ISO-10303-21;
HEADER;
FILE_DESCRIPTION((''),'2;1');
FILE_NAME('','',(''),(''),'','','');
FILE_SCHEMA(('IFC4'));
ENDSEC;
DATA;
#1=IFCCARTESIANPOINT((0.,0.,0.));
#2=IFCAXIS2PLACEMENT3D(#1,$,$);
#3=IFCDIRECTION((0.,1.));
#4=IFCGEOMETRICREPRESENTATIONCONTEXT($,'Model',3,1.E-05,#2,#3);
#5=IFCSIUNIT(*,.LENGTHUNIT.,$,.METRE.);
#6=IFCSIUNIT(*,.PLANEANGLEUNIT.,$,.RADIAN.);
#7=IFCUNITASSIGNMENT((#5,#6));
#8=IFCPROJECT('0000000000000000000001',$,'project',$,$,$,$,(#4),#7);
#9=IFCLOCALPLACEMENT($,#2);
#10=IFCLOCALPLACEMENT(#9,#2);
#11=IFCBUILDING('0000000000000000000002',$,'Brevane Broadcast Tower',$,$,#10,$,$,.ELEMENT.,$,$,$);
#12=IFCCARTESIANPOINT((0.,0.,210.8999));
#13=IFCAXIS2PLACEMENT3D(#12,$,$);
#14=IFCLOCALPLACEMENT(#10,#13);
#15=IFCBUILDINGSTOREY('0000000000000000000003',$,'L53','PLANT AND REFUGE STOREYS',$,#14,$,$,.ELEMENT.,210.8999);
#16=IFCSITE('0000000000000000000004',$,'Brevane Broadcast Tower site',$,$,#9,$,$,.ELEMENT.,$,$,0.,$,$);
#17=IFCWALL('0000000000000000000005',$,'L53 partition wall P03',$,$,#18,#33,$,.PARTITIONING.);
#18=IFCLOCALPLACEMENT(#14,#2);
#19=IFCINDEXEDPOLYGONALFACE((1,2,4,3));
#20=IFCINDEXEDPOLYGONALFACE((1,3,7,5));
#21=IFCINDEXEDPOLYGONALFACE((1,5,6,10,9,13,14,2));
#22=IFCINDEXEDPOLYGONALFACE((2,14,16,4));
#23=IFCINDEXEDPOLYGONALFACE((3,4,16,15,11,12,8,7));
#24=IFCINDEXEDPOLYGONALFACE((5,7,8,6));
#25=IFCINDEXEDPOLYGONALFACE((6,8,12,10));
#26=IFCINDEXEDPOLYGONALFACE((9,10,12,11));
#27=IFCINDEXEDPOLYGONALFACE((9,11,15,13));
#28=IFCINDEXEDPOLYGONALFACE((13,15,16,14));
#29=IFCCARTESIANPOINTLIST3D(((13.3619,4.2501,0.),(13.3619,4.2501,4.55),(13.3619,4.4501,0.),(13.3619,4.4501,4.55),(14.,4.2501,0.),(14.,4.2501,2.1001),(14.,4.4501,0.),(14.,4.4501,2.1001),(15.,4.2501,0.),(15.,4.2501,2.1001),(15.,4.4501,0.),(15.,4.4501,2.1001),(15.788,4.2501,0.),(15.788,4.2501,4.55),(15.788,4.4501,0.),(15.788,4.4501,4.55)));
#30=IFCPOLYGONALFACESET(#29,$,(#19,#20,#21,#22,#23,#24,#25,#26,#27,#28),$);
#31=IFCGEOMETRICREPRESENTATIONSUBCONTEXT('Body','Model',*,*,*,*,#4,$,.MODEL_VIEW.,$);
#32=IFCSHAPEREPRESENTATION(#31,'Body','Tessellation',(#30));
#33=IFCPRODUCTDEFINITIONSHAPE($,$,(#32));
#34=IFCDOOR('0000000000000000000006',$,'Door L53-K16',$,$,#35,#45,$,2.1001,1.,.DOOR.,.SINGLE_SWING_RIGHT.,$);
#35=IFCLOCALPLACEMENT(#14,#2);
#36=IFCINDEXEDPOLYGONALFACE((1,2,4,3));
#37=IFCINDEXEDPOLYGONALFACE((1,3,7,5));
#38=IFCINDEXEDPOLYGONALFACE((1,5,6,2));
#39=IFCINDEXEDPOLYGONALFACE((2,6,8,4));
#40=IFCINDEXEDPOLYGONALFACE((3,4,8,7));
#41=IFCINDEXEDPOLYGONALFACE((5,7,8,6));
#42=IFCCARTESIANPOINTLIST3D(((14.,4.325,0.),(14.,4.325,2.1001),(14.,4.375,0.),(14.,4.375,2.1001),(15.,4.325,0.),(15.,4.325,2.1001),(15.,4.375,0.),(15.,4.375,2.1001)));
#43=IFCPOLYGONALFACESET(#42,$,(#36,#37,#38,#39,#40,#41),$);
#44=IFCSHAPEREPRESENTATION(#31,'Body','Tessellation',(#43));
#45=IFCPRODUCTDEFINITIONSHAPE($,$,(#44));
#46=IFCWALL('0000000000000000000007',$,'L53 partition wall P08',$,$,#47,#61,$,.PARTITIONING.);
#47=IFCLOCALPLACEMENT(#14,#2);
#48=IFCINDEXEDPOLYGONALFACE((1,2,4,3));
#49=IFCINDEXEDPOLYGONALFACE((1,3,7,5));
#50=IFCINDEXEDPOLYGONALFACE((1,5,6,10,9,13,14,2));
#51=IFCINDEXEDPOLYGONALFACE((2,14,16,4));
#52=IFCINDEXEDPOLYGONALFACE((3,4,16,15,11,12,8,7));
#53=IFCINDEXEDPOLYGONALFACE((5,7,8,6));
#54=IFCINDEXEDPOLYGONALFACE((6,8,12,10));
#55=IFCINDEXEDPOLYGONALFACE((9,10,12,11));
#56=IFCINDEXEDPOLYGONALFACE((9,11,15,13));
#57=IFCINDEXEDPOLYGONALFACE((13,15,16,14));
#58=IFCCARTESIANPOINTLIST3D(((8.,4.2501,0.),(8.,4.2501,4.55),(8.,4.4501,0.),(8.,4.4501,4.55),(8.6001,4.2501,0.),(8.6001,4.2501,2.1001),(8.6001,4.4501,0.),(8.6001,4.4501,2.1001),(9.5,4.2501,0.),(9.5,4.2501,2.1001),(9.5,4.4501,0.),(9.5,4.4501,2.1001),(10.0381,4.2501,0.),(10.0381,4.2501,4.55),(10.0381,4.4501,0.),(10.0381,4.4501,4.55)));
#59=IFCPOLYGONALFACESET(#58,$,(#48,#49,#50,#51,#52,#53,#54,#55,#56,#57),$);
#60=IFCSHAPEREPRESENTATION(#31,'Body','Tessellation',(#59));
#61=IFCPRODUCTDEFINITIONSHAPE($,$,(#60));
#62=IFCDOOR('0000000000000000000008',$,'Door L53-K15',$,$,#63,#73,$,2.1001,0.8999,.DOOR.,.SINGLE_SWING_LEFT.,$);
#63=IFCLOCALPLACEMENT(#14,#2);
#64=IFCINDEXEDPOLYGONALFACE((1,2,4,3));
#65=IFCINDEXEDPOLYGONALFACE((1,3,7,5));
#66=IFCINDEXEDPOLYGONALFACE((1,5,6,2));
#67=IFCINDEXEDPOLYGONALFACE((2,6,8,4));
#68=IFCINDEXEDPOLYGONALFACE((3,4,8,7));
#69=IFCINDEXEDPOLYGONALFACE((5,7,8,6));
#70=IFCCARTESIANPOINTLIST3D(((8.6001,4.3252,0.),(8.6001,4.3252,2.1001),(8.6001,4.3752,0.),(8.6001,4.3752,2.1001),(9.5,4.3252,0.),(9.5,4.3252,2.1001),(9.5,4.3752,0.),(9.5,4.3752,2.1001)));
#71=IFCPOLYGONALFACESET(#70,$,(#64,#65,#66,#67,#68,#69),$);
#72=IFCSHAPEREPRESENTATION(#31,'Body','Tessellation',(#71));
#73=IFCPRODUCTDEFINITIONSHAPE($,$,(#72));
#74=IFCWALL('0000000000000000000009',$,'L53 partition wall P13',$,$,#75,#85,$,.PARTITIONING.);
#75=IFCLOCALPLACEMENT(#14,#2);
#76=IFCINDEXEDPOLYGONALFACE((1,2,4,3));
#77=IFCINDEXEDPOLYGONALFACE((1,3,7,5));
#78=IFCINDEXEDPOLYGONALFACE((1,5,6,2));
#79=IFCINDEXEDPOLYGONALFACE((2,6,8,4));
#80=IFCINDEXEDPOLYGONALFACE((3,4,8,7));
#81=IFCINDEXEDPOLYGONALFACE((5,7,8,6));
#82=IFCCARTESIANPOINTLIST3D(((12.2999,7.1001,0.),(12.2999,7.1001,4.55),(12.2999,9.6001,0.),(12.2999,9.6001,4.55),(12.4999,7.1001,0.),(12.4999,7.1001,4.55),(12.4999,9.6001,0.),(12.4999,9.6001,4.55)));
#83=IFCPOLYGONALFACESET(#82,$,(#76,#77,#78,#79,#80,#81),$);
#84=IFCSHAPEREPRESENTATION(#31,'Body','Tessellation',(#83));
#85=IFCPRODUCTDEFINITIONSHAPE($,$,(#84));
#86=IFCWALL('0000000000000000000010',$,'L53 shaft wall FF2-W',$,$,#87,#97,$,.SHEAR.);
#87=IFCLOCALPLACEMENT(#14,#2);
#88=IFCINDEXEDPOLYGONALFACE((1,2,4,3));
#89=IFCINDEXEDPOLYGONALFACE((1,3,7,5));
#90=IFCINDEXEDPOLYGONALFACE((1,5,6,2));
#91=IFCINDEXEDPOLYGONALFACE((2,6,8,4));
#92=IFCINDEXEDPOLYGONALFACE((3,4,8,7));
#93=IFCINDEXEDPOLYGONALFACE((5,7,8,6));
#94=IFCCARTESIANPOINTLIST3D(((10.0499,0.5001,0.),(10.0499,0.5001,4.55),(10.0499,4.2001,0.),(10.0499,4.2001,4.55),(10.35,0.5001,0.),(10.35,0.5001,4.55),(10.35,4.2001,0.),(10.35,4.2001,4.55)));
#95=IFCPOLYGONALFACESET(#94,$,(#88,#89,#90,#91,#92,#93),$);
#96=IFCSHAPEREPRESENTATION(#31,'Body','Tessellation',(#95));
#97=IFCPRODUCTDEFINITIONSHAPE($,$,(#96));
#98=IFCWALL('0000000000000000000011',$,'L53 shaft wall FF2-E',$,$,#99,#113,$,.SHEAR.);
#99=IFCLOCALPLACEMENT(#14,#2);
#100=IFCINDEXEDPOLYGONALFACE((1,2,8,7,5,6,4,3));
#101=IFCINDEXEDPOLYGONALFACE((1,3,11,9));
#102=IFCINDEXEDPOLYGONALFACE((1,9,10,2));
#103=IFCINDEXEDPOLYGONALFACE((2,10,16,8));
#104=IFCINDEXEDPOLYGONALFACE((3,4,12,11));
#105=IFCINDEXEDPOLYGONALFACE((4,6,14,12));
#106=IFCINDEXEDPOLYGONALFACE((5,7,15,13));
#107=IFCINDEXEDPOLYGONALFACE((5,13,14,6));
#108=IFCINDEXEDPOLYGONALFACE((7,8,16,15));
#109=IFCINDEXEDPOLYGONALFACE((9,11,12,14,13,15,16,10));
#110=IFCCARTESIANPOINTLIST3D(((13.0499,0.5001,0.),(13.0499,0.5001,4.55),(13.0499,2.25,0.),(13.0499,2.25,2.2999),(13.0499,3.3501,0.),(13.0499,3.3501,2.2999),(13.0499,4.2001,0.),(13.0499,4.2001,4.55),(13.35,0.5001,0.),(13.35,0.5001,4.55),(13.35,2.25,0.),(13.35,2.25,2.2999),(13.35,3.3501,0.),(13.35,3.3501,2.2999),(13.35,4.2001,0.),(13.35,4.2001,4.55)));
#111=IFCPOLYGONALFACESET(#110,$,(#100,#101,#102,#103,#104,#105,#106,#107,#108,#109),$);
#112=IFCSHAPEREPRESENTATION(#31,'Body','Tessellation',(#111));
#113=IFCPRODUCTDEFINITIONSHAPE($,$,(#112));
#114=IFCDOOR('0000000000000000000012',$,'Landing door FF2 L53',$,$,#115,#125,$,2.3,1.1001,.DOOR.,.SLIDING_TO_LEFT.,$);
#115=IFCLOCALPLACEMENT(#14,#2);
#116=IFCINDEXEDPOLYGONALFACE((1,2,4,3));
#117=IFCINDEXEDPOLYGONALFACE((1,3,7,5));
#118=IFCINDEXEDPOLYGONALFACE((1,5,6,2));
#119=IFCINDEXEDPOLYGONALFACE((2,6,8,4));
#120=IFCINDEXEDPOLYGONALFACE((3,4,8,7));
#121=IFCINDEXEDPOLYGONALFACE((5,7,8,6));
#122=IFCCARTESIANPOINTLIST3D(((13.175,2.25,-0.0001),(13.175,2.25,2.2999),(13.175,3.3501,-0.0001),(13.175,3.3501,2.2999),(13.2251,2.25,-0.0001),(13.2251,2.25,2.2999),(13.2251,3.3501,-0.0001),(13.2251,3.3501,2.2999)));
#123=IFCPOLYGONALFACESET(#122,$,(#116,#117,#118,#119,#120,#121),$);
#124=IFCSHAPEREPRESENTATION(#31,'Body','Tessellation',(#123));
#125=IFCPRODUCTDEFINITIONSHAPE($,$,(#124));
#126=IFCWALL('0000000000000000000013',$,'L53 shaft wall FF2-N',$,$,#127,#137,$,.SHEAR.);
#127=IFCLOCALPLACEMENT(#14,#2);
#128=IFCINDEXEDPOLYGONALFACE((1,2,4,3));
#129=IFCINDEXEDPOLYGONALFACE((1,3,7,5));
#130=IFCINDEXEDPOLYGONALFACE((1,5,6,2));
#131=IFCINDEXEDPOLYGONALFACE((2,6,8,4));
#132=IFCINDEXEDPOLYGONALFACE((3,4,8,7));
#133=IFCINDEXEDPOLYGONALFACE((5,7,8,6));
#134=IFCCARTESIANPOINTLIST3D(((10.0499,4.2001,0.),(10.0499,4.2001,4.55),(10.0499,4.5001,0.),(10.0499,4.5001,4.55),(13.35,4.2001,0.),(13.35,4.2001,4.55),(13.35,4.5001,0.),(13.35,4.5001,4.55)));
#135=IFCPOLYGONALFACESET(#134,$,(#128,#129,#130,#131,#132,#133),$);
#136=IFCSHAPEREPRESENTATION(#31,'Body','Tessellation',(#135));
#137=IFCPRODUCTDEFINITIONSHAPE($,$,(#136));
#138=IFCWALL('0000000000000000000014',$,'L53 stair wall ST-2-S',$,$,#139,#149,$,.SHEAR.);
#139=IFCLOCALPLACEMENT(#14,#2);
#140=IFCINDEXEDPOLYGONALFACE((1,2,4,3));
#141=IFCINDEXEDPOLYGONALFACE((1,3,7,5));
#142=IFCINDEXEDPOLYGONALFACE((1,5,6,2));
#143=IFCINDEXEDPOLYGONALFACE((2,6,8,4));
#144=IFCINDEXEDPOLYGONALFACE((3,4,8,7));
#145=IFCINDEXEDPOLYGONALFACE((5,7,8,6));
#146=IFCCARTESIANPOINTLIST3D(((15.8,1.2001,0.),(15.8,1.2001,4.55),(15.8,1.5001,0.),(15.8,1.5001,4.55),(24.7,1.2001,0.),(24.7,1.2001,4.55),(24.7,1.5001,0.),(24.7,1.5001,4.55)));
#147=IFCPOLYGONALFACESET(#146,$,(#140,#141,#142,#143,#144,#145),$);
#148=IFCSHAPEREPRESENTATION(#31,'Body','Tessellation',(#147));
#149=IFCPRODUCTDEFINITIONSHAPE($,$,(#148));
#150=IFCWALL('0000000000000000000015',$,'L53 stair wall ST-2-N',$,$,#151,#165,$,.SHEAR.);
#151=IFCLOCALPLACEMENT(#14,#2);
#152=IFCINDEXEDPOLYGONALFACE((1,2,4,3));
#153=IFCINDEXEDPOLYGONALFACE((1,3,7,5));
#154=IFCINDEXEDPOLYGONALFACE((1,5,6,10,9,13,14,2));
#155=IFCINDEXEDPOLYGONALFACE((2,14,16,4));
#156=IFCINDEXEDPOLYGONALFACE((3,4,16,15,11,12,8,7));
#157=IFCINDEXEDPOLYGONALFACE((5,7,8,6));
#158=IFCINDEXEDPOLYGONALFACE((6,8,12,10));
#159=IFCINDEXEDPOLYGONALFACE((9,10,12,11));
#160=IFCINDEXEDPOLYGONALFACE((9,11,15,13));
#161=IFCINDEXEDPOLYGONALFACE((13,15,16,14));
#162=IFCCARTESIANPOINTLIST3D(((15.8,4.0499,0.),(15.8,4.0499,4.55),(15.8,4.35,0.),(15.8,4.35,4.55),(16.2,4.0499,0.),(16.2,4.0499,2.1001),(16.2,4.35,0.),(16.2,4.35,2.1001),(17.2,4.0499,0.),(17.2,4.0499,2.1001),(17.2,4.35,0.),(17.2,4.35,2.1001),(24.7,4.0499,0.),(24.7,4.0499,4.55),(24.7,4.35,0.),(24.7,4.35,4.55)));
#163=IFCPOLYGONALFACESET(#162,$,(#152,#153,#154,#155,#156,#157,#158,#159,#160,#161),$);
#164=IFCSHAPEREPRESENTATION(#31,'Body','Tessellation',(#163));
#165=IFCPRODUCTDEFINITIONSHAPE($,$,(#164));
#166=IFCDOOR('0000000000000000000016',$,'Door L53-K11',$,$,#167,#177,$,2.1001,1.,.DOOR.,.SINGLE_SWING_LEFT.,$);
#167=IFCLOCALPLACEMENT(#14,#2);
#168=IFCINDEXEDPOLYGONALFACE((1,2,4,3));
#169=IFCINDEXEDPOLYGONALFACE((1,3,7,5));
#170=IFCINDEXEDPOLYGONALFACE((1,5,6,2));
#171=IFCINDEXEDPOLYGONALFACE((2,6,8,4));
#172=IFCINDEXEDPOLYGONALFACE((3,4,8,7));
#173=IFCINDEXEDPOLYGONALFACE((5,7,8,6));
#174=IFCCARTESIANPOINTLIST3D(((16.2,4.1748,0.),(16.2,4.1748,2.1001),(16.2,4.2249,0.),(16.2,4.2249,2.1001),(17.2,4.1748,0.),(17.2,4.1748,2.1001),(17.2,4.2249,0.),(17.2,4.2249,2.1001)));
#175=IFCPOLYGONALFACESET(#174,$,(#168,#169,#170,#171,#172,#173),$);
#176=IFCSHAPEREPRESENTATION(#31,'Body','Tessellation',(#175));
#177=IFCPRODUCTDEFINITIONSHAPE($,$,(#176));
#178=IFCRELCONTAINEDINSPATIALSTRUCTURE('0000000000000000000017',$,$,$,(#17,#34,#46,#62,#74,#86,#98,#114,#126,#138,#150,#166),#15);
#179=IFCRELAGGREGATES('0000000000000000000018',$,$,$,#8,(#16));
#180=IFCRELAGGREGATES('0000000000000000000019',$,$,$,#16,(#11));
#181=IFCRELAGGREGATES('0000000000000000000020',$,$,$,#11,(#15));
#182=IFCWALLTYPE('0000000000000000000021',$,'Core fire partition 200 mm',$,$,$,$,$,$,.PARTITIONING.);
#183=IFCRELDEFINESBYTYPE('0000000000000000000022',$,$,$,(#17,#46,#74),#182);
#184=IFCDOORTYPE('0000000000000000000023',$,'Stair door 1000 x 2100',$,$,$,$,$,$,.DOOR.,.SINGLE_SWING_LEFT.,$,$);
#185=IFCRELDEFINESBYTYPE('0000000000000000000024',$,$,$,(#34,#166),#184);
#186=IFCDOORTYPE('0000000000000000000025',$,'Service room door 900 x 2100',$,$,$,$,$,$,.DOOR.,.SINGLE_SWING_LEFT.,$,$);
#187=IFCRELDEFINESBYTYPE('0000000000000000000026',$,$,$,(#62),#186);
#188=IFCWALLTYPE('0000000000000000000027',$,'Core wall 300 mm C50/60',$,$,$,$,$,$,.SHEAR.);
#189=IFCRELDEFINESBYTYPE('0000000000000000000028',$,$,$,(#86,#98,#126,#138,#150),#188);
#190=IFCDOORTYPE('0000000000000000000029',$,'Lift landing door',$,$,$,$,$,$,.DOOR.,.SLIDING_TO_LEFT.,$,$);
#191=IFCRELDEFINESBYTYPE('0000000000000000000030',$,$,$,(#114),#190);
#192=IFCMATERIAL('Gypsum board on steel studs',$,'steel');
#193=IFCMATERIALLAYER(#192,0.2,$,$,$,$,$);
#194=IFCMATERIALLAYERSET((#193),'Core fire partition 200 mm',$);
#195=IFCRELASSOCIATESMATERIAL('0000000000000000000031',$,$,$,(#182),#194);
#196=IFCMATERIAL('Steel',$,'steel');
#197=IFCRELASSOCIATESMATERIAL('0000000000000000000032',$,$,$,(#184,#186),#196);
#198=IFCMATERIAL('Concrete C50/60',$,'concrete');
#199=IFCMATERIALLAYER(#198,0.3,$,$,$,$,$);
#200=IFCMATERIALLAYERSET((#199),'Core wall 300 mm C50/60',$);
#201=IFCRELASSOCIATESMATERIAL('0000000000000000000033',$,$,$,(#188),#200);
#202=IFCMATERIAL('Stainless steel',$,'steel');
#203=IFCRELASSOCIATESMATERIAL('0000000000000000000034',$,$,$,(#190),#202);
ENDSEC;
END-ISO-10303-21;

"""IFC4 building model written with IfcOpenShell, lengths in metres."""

from ifc_helpers import new_model, si_unit, direction, frame, frame_2d, origin, place, context, subcontext, project, spatial, rectangle, extrude, material, layer, layer_set, type_object, element, fill, save


model = new_model("IFC4")

# Units and contexts
model_context = context("Model", 3, precision=1e-05, world=origin(), true_north=direction((0.0, 1.0)))
body_context = subcontext(model_context, "Body", "Model", "MODEL_VIEW")
ifc_project = project(units=[si_unit("LENGTHUNIT", "METRE"), si_unit("PLANEANGLEUNIT", "RADIAN")], contexts=[model_context])

# Site, building, storey
site_placement = place(None, origin())
site = spatial("IfcSite", under=ifc_project, at=site_placement, Name="Brevane Broadcast Tower site", CompositionType="ELEMENT", RefElevation=0.0)
building_placement = place(site_placement, origin())
building = spatial("IfcBuilding", under=site, at=building_placement, Name="Brevane Broadcast Tower", CompositionType="ELEMENT")
storey_placement = place(building_placement, frame((0.0, 0.0, 210.8999)))
storey = spatial("IfcBuildingStorey", under=building, at=storey_placement, Name="L53", Description="PLANT AND REFUGE STOREYS", CompositionType="ELEMENT", Elevation=210.8999)

# Shared definitions
ifc_material_1 = material(Name="Gypsum board on steel studs", Category="steel")

# Walls, openings, doors
ifc_layer_1 = layer(ifc_material_1, 0.2)
ifc_layer_set_1 = layer_set([ifc_layer_1], Name="Core fire partition 200 mm")
wall_type_1 = type_object("IfcWallType", Name="Core fire partition 200 mm", PredefinedType="PARTITIONING", material=ifc_layer_set_1)
wall_1_placement = place(storey_placement, frame((13.3621, 4.3501, 0.0), z_axis=(0.0, 0.0, 1.0), x_axis=(1.0, 0.0, 0.0)))
wall_1 = element("IfcWall", 1, at=wall_1_placement, inside=storey, type_object=wall_type_1, Name="L53 partition wall P03", PredefinedType="PARTITIONING", context=body_context, shape_type="SweptSolid", body=[
    extrude(rectangle(XDim=2.426, YDim=0.2, at=frame_2d((1.2129, 0.0))), origin(), (0.0, 0.0, 1.0), 4.55),
])
opening_1_placement = place(wall_1_placement, frame((0.6379, 0.0, 0.0)))
opening_1 = element("IfcOpeningElement", 2, at=opening_1_placement, cuts=wall_1, PredefinedType="OPENING", context=body_context, shape_type="SweptSolid", body=[
    extrude(rectangle(XDim=1.0, YDim=2.1001, at=frame_2d((0.5, 1.05))), frame((0.0, 0.1099, 0.0), z_axis=(0.0, -1.0, 0.0), x_axis=(1.0, 0.0, 0.0)), (0.0, 0.0, 1.0), 0.22),
])
ifc_material_2 = material(Name="Steel", Category="steel")
door_type_1 = type_object("IfcDoorType", Name="Stair door 1000 x 2100", OperationType="SINGLE_SWING_LEFT", PredefinedType="DOOR", material=ifc_material_2)
door_1_placement = place(opening_1_placement, origin())
door_1 = element("IfcDoor", 3, at=door_1_placement, inside=storey, type_object=door_type_1, Name="Door L53-K16", OperationType="SINGLE_SWING_RIGHT", OverallHeight=2.1001, OverallWidth=1.0, PredefinedType="DOOR", context=body_context, shape_type="SweptSolid", body=[
    extrude(rectangle(XDim=1.0, YDim=2.1001, at=frame_2d((0.5, 1.05))), frame((0.0, 0.0249, 0.0), z_axis=(0.0, -1.0, 0.0), x_axis=(1.0, 0.0, 0.0)), (0.0, 0.0, 1.0), 0.05),
])
fill(opening_1, door_1)
wall_2_placement = place(storey_placement, frame((10.0381, 4.3501, 0.0), z_axis=(0.0, 0.0, 1.0), x_axis=(-1.0, 0.0, 0.0)))
wall_2 = element("IfcWall", 4, at=wall_2_placement, inside=storey, type_object=wall_type_1, Name="L53 partition wall P08", PredefinedType="PARTITIONING", context=body_context, shape_type="SweptSolid", body=[
    extrude(rectangle(XDim=2.0381, YDim=0.2, at=frame_2d((1.019, 0.0))), origin(), (0.0, 0.0, 1.0), 4.55),
])
opening_2_placement = place(wall_2_placement, frame((0.5381, 0.0, 0.0)))
opening_2 = element("IfcOpeningElement", 5, at=opening_2_placement, cuts=wall_2, PredefinedType="OPENING", context=body_context, shape_type="SweptSolid", body=[
    extrude(rectangle(XDim=0.8999, YDim=2.1001, at=frame_2d((0.45, 1.05))), frame((0.0, 0.1099, 0.0), z_axis=(0.0, -1.0, 0.0), x_axis=(1.0, 0.0, 0.0)), (0.0, 0.0, 1.0), 0.22),
])
door_type_2 = type_object("IfcDoorType", Name="Service room door 900 x 2100", OperationType="SINGLE_SWING_LEFT", PredefinedType="DOOR", material=ifc_material_2)
door_2_placement = place(opening_2_placement, origin())
door_2 = element("IfcDoor", 6, at=door_2_placement, inside=storey, type_object=door_type_2, Name="Door L53-K15", OperationType="SINGLE_SWING_LEFT", OverallHeight=2.1001, OverallWidth=0.8999, PredefinedType="DOOR", context=body_context, shape_type="SweptSolid", body=[
    extrude(rectangle(XDim=0.8999, YDim=2.1001, at=frame_2d((0.45, 1.05))), frame((0.0, 0.0249, 0.0), z_axis=(0.0, -1.0, 0.0), x_axis=(1.0, 0.0, 0.0)), (0.0, 0.0, 1.0), 0.05),
])
fill(opening_2, door_2)

# Walls
wall_3_placement = place(storey_placement, frame((12.3999, 7.1001, 0.0), z_axis=(0.0, 0.0, 1.0), x_axis=(0.0, 1.0, 0.0)))
element("IfcWall", 7, at=wall_3_placement, inside=storey, type_object=wall_type_1, Name="L53 partition wall P13", PredefinedType="PARTITIONING", context=body_context, shape_type="SweptSolid", body=[
    extrude(rectangle(XDim=2.5, YDim=0.2, at=frame_2d((1.25, 0.0))), origin(), (0.0, 0.0, 1.0), 4.55),
])
ifc_material_3 = material(Name="Concrete C50/60", Category="concrete")
ifc_layer_2 = layer(ifc_material_3, 0.3)
ifc_layer_set_2 = layer_set([ifc_layer_2], Name="Core wall 300 mm C50/60")
wall_type_2 = type_object("IfcWallType", Name="Core wall 300 mm C50/60", PredefinedType="SHEAR", material=ifc_layer_set_2)
wall_4_placement = place(storey_placement, frame((10.2, 0.5, 0.0), z_axis=(0.0, 0.0, 1.0), x_axis=(0.0, 1.0, 0.0)))
element("IfcWall", 8, at=wall_4_placement, inside=storey, type_object=wall_type_2, Name="L53 shaft wall FF2-W", PredefinedType="SHEAR", context=body_context, shape_type="SweptSolid", body=[
    extrude(rectangle(XDim=3.7, YDim=0.3, at=frame_2d((1.8501, 0.0))), origin(), (0.0, 0.0, 1.0), 4.55),
])

# Wall, opening, door
wall_5_placement = place(storey_placement, frame((13.2, 0.5, 0.0), z_axis=(0.0, 0.0, 1.0), x_axis=(0.0, 1.0, 0.0)))
wall_5 = element("IfcWall", 9, at=wall_5_placement, inside=storey, type_object=wall_type_2, Name="L53 shaft wall FF2-E", PredefinedType="SHEAR", context=body_context, shape_type="SweptSolid", body=[
    extrude(rectangle(XDim=3.7, YDim=0.3, at=frame_2d((1.8501, 0.0))), origin(), (0.0, 0.0, 1.0), 4.55),
])
opening_3_placement = place(wall_5_placement, frame((1.75, 0.0, 0.0)))
opening_3 = element("IfcOpeningElement", 10, at=opening_3_placement, cuts=wall_5, PredefinedType="OPENING", context=body_context, shape_type="SweptSolid", body=[
    extrude(rectangle(XDim=1.1001, YDim=2.3, at=frame_2d((0.55, 1.1499))), frame((0.0, 0.1599, 0.0), z_axis=(0.0, -1.0, 0.0), x_axis=(1.0, 0.0, 0.0)), (0.0, 0.0, 1.0), 0.3201),
])
ifc_material_4 = material(Name="Stainless steel", Category="steel")
door_type_3 = type_object("IfcDoorType", Name="Lift landing door", OperationType="SLIDING_TO_LEFT", PredefinedType="DOOR", material=ifc_material_4)
door_3_placement = place(opening_3_placement, origin())
door_3 = element("IfcDoor", 11, at=door_3_placement, inside=storey, type_object=door_type_3, Name="Landing door FF2 L53", OperationType="SLIDING_TO_LEFT", OverallHeight=2.3, OverallWidth=1.1001, PredefinedType="DOOR", context=body_context, shape_type="SweptSolid", body=[
    extrude(rectangle(XDim=1.1001, YDim=2.3, at=frame_2d((0.55, 1.1499))), frame((0.0, 0.0249, 0.0), z_axis=(0.0, -1.0, 0.0), x_axis=(1.0, 0.0, 0.0)), (0.0, 0.0, 1.0), 0.05),
])
fill(opening_3, door_3)

# Walls
wall_6_placement = place(storey_placement, frame((10.05, 4.3501, 0.0), z_axis=(0.0, 0.0, 1.0), x_axis=(1.0, 0.0, 0.0)))
element("IfcWall", 12, at=wall_6_placement, inside=storey, type_object=wall_type_2, Name="L53 shaft wall FF2-N", PredefinedType="SHEAR", context=body_context, shape_type="SweptSolid", body=[
    extrude(rectangle(XDim=3.3, YDim=0.3, at=frame_2d((1.6499, 0.0))), origin(), (0.0, 0.0, 1.0), 4.55),
])
wall_7_placement = place(storey_placement, frame((15.8, 1.3501, 0.0), z_axis=(0.0, 0.0, 1.0), x_axis=(1.0, 0.0, 0.0)))
element("IfcWall", 13, at=wall_7_placement, inside=storey, type_object=wall_type_2, Name="L53 stair wall ST-2-S", PredefinedType="SHEAR", context=body_context, shape_type="SweptSolid", body=[
    extrude(rectangle(XDim=8.8999, YDim=0.3, at=frame_2d((4.45, 0.0))), origin(), (0.0, 0.0, 1.0), 4.55),
])

# Wall, opening, door
wall_8_placement = place(storey_placement, frame((15.8, 4.2, 0.0), z_axis=(0.0, 0.0, 1.0), x_axis=(1.0, 0.0, 0.0)))
wall_8 = element("IfcWall", 14, at=wall_8_placement, inside=storey, type_object=wall_type_2, Name="L53 stair wall ST-2-N", PredefinedType="SHEAR", context=body_context, shape_type="SweptSolid", body=[
    extrude(rectangle(XDim=8.8999, YDim=0.3, at=frame_2d((4.45, 0.0))), origin(), (0.0, 0.0, 1.0), 4.55),
])
opening_4_placement = place(wall_8_placement, frame((0.3999, 0.0, 0.0)))
opening_4 = element("IfcOpeningElement", 15, at=opening_4_placement, cuts=wall_8, PredefinedType="OPENING", context=body_context, shape_type="SweptSolid", body=[
    extrude(rectangle(XDim=1.0, YDim=2.1001, at=frame_2d((0.5, 1.05))), frame((0.0, 0.1599, 0.0), z_axis=(0.0, -1.0, 0.0), x_axis=(1.0, 0.0, 0.0)), (0.0, 0.0, 1.0), 0.3201),
])
door_4_placement = place(opening_4_placement, origin())
door_4 = element("IfcDoor", 16, at=door_4_placement, inside=storey, type_object=door_type_1, Name="Door L53-K11", OperationType="SINGLE_SWING_LEFT", OverallHeight=2.1001, OverallWidth=1.0, PredefinedType="DOOR", context=body_context, shape_type="SweptSolid", body=[
    extrude(rectangle(XDim=1.0, YDim=2.1001, at=frame_2d((0.5, 1.05))), frame((0.0, 0.0249, 0.0), z_axis=(0.0, -1.0, 0.0), x_axis=(1.0, 0.0, 0.0)), (0.0, 0.0, 1.0), 0.05),
])
fill(opening_4, door_4)

save(model, "model.ifc")
